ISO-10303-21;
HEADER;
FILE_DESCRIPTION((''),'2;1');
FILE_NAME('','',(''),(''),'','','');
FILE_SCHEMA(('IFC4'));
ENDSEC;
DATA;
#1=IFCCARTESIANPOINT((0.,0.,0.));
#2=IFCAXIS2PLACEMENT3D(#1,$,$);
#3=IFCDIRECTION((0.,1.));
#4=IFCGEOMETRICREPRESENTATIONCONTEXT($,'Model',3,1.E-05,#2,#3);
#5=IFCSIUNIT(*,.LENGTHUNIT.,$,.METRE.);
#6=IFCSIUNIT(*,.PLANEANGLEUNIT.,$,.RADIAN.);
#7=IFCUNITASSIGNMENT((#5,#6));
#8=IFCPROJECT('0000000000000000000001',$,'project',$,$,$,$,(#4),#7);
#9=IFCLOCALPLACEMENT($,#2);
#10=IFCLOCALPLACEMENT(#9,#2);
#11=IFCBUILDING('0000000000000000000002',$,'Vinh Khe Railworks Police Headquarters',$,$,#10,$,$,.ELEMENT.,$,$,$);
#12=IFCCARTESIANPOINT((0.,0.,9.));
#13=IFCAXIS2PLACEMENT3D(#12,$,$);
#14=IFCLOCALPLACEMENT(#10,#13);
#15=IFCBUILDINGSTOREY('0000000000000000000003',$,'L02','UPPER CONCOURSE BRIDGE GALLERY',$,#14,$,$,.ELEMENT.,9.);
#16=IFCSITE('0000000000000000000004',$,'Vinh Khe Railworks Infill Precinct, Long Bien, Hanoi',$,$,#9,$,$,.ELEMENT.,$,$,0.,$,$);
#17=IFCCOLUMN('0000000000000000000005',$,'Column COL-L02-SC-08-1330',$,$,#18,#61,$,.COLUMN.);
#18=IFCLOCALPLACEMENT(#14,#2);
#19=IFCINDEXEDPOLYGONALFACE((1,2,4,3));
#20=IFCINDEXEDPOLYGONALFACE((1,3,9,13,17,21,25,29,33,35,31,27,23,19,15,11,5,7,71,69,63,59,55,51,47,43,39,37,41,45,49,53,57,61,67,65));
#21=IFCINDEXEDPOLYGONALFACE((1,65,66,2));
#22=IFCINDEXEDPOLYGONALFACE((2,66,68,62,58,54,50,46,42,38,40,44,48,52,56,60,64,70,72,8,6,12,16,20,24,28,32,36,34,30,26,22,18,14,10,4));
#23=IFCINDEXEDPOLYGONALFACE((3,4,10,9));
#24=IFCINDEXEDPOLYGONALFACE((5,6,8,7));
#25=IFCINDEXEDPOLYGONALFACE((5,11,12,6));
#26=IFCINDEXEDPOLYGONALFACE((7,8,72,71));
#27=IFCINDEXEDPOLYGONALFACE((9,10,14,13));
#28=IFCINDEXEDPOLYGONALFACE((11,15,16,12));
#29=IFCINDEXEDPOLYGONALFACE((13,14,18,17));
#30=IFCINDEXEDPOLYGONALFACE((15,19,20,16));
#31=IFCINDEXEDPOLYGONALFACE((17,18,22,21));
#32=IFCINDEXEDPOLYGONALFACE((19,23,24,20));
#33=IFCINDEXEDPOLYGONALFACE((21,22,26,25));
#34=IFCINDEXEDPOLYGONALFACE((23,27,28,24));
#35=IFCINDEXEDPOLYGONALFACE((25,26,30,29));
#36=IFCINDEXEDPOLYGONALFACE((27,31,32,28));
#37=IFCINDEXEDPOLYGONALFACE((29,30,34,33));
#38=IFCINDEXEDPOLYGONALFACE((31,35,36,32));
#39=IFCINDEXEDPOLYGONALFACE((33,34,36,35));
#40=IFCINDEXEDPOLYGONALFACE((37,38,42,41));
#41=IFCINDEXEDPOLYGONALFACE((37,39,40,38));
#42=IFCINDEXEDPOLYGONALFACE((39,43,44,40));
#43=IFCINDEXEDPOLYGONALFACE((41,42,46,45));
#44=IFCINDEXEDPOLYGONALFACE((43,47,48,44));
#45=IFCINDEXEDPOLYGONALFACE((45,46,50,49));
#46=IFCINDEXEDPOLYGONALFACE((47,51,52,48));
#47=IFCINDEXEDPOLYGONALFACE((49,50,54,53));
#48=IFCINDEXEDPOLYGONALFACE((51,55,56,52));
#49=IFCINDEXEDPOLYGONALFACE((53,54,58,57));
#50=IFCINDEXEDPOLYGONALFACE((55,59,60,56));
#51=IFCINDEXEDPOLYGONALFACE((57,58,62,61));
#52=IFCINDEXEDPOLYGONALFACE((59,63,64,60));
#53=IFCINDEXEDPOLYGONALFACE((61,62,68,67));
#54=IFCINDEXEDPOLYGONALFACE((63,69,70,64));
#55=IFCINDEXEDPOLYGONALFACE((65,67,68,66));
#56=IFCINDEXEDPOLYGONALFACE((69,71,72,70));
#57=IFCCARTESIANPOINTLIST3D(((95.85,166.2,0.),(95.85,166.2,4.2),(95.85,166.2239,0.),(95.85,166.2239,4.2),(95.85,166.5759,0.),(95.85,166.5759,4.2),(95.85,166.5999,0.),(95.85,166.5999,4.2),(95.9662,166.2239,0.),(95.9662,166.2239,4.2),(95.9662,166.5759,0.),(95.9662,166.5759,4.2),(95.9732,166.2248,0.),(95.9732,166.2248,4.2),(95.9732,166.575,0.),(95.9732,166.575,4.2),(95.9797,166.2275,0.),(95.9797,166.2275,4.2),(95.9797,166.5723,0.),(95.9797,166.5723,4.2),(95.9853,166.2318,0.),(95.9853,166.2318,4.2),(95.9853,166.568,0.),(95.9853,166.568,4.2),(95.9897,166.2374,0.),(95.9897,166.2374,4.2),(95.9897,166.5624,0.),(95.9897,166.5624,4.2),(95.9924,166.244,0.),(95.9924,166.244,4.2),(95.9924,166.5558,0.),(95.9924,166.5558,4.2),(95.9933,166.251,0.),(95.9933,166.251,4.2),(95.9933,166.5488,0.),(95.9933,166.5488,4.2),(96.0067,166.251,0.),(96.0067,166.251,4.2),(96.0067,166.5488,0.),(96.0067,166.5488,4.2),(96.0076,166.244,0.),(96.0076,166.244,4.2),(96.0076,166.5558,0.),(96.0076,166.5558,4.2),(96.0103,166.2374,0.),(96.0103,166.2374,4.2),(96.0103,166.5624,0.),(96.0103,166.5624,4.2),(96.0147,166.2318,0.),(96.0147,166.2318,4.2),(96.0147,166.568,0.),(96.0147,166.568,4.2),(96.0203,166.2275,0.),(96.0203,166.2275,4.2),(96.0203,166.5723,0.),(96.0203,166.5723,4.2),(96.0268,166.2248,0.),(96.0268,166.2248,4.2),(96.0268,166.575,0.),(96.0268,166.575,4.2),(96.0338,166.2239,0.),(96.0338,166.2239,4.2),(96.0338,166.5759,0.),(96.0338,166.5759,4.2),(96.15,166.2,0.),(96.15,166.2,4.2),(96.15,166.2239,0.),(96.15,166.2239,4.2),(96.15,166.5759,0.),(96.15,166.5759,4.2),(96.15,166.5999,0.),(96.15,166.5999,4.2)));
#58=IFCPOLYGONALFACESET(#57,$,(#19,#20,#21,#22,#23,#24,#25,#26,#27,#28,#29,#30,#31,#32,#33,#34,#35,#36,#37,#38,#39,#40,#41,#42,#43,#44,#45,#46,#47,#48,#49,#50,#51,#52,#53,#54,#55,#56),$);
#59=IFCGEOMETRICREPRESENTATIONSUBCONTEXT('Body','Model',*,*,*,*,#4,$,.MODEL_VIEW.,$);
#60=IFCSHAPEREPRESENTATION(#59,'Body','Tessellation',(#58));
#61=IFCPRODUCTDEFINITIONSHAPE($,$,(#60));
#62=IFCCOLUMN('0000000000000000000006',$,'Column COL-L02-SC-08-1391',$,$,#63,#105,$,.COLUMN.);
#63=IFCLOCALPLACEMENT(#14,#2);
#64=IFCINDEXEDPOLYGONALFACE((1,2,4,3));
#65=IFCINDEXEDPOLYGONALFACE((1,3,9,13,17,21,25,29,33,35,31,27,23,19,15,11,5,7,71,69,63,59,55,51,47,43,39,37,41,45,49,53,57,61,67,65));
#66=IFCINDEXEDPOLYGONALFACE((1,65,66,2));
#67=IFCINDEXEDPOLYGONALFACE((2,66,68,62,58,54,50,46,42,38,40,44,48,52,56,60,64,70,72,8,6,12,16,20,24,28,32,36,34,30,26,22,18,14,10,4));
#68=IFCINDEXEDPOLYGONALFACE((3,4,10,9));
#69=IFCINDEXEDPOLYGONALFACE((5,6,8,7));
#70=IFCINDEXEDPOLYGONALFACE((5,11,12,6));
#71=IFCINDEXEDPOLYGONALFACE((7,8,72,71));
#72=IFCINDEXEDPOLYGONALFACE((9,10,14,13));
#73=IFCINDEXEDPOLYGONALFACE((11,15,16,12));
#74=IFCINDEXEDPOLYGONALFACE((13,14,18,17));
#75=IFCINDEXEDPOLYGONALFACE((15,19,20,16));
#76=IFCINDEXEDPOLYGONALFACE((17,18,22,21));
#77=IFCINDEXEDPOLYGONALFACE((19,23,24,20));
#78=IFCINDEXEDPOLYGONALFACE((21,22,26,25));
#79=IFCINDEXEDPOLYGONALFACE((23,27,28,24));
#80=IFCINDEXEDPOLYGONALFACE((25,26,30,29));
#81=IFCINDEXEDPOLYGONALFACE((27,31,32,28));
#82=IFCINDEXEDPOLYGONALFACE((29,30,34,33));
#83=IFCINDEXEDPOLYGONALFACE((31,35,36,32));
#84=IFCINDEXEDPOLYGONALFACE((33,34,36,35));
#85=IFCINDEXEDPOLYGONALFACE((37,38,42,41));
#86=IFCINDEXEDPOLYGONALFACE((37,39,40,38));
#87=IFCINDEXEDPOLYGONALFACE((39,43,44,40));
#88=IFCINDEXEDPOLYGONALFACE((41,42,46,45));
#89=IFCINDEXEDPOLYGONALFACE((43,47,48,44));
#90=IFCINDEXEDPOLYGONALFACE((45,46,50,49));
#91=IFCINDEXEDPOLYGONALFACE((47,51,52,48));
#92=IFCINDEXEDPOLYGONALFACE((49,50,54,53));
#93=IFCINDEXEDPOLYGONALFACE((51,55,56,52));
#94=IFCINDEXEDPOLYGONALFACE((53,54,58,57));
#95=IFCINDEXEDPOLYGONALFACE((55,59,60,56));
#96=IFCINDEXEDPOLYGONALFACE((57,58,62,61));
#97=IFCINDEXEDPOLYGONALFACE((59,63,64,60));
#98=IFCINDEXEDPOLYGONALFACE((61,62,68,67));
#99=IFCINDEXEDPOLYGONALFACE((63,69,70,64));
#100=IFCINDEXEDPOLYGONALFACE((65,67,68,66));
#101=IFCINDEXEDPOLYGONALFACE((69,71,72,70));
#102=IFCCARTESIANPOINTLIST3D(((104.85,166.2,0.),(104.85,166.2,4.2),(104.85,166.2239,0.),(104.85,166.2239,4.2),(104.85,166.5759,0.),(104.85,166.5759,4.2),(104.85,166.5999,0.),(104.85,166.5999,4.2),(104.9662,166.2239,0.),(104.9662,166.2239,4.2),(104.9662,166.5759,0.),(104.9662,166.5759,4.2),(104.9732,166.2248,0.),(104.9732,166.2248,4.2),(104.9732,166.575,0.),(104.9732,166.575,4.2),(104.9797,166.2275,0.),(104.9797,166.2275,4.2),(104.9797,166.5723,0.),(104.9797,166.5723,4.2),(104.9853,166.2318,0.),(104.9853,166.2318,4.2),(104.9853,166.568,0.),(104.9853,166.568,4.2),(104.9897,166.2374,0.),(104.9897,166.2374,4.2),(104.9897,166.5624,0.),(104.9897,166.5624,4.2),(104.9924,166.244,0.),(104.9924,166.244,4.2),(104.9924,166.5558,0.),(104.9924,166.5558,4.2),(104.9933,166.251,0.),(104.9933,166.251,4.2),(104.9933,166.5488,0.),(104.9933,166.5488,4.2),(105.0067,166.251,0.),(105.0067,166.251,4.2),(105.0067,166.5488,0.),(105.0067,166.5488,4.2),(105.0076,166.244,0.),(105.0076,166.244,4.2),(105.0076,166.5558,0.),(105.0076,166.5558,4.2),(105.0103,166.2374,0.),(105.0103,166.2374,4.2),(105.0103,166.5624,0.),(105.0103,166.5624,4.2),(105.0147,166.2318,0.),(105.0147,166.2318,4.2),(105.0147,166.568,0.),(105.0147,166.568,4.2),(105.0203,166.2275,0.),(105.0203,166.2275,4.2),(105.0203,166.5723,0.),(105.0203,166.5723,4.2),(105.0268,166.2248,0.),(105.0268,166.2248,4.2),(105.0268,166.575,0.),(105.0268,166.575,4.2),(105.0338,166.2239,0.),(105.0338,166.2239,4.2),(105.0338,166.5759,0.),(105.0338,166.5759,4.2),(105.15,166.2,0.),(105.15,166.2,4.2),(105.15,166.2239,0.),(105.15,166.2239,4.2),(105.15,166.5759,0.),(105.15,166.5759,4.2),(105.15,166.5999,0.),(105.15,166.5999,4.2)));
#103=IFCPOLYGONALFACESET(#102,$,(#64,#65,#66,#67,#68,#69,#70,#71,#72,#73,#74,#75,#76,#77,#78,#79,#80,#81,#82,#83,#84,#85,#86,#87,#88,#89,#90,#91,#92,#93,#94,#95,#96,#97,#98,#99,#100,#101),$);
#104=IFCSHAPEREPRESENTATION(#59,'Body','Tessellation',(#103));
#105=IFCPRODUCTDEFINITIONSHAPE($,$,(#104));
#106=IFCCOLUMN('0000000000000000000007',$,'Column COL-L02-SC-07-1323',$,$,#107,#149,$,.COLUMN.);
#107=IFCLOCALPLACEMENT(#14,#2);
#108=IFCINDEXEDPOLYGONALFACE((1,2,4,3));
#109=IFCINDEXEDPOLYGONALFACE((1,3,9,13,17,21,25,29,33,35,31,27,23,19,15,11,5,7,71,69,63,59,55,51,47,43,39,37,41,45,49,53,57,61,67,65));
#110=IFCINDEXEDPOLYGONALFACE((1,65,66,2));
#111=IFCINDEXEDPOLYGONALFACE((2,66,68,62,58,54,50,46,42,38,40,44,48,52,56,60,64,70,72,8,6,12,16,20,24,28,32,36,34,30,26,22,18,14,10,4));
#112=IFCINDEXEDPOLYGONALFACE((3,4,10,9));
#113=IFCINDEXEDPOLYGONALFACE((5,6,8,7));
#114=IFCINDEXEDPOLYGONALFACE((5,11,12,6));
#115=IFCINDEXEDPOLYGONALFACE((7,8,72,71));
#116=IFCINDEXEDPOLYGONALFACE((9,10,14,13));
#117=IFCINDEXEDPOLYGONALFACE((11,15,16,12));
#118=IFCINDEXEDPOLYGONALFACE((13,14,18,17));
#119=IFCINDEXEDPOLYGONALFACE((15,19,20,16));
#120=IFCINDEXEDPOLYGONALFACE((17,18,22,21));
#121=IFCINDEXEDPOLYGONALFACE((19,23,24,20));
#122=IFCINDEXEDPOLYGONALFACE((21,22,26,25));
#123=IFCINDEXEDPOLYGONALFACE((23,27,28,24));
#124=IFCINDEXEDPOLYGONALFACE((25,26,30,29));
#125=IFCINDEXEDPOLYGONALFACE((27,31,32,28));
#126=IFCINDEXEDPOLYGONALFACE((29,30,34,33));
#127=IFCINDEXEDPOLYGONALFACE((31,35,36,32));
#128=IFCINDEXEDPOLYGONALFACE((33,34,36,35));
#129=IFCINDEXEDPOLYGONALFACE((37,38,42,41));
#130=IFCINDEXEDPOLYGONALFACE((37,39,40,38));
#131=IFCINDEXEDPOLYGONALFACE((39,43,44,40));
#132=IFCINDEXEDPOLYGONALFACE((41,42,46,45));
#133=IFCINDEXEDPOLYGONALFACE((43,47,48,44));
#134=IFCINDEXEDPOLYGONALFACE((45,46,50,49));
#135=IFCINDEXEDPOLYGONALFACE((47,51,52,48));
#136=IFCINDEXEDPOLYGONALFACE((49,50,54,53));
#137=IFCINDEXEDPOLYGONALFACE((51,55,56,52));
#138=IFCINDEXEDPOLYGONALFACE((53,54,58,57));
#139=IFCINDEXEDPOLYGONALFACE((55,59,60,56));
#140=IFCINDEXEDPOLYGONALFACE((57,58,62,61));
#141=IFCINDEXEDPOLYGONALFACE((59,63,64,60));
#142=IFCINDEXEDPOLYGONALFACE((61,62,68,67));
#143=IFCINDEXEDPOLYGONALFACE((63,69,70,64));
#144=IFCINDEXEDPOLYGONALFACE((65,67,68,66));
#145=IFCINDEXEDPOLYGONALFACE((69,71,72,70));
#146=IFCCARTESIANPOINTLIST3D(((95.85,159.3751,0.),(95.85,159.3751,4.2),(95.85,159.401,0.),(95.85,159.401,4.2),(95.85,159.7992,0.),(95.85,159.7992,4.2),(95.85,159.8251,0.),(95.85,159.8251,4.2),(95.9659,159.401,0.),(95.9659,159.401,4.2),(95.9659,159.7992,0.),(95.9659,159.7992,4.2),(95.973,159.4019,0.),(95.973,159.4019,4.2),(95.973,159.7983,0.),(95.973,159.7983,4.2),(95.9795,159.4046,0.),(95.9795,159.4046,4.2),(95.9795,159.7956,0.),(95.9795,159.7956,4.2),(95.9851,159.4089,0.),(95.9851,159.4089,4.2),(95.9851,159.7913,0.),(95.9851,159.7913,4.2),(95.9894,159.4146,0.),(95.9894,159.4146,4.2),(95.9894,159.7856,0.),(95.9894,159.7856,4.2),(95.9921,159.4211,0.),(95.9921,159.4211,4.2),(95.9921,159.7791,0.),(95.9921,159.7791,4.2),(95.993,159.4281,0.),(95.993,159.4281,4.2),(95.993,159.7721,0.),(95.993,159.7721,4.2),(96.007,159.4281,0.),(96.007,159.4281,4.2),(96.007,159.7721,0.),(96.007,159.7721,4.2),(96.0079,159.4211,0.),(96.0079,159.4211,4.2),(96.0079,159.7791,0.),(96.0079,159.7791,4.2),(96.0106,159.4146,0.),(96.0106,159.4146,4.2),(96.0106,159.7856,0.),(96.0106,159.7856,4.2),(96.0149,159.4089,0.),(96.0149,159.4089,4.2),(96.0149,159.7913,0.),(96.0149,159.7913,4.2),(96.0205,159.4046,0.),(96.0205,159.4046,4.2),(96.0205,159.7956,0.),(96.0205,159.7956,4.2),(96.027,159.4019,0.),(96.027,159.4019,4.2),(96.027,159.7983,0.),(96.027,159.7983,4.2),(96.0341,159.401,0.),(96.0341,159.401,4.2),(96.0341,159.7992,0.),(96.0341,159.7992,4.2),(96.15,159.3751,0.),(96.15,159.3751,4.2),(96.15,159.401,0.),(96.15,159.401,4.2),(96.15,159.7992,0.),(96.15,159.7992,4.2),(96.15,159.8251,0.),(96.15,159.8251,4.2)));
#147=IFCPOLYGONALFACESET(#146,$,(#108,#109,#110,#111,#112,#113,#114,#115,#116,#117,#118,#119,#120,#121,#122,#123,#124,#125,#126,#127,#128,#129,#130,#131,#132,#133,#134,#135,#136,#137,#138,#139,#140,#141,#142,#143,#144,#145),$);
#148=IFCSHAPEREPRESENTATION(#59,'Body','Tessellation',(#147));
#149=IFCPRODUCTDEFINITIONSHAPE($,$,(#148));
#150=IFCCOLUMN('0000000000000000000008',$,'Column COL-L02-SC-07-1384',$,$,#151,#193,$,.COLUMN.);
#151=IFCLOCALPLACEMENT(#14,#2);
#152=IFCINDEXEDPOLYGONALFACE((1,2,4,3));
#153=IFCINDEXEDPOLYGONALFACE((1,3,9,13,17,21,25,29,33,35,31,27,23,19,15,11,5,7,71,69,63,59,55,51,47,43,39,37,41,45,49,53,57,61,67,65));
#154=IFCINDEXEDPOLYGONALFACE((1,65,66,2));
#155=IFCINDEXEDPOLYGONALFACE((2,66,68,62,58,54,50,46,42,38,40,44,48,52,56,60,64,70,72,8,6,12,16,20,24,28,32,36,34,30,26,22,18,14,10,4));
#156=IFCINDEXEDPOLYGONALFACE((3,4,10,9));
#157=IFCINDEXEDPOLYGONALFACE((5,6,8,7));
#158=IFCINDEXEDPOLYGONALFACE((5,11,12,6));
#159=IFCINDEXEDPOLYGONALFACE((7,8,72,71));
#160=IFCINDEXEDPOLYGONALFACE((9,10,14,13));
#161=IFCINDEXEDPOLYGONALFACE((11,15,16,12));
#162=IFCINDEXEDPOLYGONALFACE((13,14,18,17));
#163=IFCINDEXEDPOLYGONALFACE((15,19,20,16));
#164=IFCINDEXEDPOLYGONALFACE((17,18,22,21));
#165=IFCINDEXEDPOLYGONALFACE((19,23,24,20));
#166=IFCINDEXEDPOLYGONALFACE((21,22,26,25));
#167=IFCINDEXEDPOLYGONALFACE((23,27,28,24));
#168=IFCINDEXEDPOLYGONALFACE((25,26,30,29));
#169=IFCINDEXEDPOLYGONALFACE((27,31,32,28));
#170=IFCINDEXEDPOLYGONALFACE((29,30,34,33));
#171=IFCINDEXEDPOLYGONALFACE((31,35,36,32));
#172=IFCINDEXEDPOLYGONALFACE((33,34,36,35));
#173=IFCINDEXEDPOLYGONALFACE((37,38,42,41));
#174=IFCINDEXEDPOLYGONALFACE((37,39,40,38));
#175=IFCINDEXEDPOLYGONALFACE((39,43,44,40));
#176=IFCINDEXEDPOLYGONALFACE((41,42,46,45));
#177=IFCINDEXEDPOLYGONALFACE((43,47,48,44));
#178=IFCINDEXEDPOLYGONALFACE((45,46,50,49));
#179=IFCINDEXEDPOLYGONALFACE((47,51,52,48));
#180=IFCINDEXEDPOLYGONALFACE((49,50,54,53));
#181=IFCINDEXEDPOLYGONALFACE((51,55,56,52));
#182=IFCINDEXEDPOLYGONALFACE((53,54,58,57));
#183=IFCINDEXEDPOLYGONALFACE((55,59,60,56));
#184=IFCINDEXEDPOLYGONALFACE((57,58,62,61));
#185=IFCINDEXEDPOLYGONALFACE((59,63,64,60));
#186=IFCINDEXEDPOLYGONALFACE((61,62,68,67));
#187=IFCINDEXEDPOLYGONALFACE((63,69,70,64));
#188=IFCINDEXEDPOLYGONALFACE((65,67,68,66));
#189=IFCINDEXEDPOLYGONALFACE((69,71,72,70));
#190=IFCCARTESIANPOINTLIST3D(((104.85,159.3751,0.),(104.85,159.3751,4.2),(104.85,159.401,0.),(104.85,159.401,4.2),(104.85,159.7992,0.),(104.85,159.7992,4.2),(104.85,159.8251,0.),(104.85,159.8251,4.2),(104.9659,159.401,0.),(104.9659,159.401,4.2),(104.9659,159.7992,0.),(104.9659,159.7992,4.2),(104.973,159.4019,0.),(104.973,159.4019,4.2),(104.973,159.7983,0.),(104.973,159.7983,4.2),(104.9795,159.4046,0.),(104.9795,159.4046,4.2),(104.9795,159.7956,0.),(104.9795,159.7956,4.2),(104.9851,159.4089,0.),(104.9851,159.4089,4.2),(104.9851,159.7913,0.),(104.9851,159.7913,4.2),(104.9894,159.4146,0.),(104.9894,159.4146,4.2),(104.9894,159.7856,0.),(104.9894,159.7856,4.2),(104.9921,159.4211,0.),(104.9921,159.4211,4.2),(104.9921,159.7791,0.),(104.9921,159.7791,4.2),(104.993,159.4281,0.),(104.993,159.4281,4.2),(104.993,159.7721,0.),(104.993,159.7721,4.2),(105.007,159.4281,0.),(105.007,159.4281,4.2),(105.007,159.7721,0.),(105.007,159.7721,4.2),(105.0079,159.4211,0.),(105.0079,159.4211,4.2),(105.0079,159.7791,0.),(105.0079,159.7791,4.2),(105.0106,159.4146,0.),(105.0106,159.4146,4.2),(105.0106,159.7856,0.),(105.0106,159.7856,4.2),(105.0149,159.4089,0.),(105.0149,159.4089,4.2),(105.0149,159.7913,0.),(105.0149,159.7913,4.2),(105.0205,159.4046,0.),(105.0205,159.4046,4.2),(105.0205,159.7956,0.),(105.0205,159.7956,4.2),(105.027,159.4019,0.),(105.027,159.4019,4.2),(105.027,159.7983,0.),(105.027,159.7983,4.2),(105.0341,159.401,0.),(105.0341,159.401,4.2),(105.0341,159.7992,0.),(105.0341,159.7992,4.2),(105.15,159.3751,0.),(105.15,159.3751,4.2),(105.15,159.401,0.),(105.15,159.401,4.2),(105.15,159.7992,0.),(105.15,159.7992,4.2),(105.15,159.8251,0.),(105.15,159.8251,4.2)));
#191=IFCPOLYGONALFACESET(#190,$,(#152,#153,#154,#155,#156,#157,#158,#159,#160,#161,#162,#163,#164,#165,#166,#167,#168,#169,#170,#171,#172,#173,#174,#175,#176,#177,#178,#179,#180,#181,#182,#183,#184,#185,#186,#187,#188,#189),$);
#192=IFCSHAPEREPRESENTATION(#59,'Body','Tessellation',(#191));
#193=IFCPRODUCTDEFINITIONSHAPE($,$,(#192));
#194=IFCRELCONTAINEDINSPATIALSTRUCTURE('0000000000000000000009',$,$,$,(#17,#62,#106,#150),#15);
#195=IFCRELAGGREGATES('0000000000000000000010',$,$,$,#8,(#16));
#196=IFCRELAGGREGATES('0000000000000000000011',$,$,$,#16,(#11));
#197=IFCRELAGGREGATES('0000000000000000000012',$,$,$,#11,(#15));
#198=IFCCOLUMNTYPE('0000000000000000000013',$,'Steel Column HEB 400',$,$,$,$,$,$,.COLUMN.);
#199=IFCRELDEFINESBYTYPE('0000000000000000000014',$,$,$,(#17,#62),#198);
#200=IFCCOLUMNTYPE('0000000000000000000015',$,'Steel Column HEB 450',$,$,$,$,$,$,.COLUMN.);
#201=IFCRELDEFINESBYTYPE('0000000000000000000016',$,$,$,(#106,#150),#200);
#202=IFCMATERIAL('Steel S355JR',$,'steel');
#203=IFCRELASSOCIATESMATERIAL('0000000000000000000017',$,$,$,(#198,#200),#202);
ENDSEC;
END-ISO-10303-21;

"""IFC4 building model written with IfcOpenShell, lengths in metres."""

from ifc_helpers import new_model, si_unit, direction, frame, origin, origin_2d, place, context, subcontext, project, spatial, i_section, extrude, material, material_profile, profile_set, type_object, element, save


model = new_model("IFC4")

# Units and contexts
model_context = context("Model", 3, precision=1e-05, world=origin(), true_north=direction((0.0, 1.0)))
body_context = subcontext(model_context, "Body", "Model", "MODEL_VIEW")
ifc_project = project(units=[si_unit("LENGTHUNIT", "METRE"), si_unit("PLANEANGLEUNIT", "RADIAN")], contexts=[model_context])

# Site, building, storey
site_placement = place(None, origin())
site = spatial("IfcSite", under=ifc_project, at=site_placement, Name="Vinh Khe Railworks Infill Precinct, Long Bien, Hanoi", CompositionType="ELEMENT", RefElevation=0.0)
building_placement = place(site_placement, origin())
building = spatial("IfcBuilding", under=site, at=building_placement, Name="Vinh Khe Railworks Police Headquarters", CompositionType="ELEMENT")
storey_placement = place(building_placement, frame((0.0, 0.0, 9.0)))
storey = spatial("IfcBuildingStorey", under=building, at=storey_placement, Name="L02", Description="UPPER CONCOURSE BRIDGE GALLERY", CompositionType="ELEMENT", Elevation=9.0)

# Columns
ifc_material_1 = material(Name="Steel S355JR", Category="steel")
ifc_material_profile_1 = material_profile(ifc_material_1, i_section(OverallWidth=0.3, OverallDepth=0.3999, WebThickness=0.0134, FlangeThickness=0.0239, FilletRadius=0.0271, at=origin_2d()), Name="HEB 400")
ifc_profile_set_1 = profile_set([ifc_material_profile_1], Name="Steel S355JR")
column_type_1 = type_object("IfcColumnType", Name="Steel Column HEB 400", PredefinedType="COLUMN", material=ifc_profile_set_1)
for number, where, z_axis, x_axis, name in (
    (1, (96.0, 166.3999, 0.0), (0.0, 0.0, 1.0), (1.0, 0.0, 0.0), "Column COL-L02-SC-08-1330"),
    (2, (105.0, 166.3999, 0.0), (0.0, 0.0, 1.0), (1.0, 0.0, 0.0), "Column COL-L02-SC-08-1391"),
):
    element("IfcColumn", number, at=place(storey_placement, frame(where, z_axis=z_axis, x_axis=x_axis)), inside=storey, type_object=column_type_1, Name=name, PredefinedType="COLUMN", context=body_context, shape_type="SweptSolid", body=[
        extrude(i_section(OverallWidth=0.3, OverallDepth=0.3999, WebThickness=0.0134, FlangeThickness=0.0239, FilletRadius=0.0271, at=origin_2d()), origin(), (0.0, 0.0, 1.0), 4.2),
    ])
ifc_material_profile_2 = material_profile(ifc_material_1, i_section(OverallWidth=0.3, OverallDepth=0.45, WebThickness=0.0139, FlangeThickness=0.0259, FilletRadius=0.0271, at=origin_2d()), Name="HEB 450")
ifc_profile_set_2 = profile_set([ifc_material_profile_2], Name="Steel S355JR")
column_type_2 = type_object("IfcColumnType", Name="Steel Column HEB 450", PredefinedType="COLUMN", material=ifc_profile_set_2)
for number, where, z_axis, x_axis, name in (
    (3, (96.0, 159.6001, 0.0), (0.0, 0.0, 1.0), (1.0, 0.0, 0.0), "Column COL-L02-SC-07-1323"),
    (4, (105.0, 159.6001, 0.0), (0.0, 0.0, 1.0), (1.0, 0.0, 0.0), "Column COL-L02-SC-07-1384"),
):
    element("IfcColumn", number, at=place(storey_placement, frame(where, z_axis=z_axis, x_axis=x_axis)), inside=storey, type_object=column_type_2, Name=name, PredefinedType="COLUMN", context=body_context, shape_type="SweptSolid", body=[
        extrude(i_section(OverallWidth=0.3, OverallDepth=0.45, WebThickness=0.0139, FlangeThickness=0.0259, FilletRadius=0.0271, at=origin_2d()), origin(), (0.0, 0.0, 1.0), 4.2),
    ])

save(model, "model.ifc")
